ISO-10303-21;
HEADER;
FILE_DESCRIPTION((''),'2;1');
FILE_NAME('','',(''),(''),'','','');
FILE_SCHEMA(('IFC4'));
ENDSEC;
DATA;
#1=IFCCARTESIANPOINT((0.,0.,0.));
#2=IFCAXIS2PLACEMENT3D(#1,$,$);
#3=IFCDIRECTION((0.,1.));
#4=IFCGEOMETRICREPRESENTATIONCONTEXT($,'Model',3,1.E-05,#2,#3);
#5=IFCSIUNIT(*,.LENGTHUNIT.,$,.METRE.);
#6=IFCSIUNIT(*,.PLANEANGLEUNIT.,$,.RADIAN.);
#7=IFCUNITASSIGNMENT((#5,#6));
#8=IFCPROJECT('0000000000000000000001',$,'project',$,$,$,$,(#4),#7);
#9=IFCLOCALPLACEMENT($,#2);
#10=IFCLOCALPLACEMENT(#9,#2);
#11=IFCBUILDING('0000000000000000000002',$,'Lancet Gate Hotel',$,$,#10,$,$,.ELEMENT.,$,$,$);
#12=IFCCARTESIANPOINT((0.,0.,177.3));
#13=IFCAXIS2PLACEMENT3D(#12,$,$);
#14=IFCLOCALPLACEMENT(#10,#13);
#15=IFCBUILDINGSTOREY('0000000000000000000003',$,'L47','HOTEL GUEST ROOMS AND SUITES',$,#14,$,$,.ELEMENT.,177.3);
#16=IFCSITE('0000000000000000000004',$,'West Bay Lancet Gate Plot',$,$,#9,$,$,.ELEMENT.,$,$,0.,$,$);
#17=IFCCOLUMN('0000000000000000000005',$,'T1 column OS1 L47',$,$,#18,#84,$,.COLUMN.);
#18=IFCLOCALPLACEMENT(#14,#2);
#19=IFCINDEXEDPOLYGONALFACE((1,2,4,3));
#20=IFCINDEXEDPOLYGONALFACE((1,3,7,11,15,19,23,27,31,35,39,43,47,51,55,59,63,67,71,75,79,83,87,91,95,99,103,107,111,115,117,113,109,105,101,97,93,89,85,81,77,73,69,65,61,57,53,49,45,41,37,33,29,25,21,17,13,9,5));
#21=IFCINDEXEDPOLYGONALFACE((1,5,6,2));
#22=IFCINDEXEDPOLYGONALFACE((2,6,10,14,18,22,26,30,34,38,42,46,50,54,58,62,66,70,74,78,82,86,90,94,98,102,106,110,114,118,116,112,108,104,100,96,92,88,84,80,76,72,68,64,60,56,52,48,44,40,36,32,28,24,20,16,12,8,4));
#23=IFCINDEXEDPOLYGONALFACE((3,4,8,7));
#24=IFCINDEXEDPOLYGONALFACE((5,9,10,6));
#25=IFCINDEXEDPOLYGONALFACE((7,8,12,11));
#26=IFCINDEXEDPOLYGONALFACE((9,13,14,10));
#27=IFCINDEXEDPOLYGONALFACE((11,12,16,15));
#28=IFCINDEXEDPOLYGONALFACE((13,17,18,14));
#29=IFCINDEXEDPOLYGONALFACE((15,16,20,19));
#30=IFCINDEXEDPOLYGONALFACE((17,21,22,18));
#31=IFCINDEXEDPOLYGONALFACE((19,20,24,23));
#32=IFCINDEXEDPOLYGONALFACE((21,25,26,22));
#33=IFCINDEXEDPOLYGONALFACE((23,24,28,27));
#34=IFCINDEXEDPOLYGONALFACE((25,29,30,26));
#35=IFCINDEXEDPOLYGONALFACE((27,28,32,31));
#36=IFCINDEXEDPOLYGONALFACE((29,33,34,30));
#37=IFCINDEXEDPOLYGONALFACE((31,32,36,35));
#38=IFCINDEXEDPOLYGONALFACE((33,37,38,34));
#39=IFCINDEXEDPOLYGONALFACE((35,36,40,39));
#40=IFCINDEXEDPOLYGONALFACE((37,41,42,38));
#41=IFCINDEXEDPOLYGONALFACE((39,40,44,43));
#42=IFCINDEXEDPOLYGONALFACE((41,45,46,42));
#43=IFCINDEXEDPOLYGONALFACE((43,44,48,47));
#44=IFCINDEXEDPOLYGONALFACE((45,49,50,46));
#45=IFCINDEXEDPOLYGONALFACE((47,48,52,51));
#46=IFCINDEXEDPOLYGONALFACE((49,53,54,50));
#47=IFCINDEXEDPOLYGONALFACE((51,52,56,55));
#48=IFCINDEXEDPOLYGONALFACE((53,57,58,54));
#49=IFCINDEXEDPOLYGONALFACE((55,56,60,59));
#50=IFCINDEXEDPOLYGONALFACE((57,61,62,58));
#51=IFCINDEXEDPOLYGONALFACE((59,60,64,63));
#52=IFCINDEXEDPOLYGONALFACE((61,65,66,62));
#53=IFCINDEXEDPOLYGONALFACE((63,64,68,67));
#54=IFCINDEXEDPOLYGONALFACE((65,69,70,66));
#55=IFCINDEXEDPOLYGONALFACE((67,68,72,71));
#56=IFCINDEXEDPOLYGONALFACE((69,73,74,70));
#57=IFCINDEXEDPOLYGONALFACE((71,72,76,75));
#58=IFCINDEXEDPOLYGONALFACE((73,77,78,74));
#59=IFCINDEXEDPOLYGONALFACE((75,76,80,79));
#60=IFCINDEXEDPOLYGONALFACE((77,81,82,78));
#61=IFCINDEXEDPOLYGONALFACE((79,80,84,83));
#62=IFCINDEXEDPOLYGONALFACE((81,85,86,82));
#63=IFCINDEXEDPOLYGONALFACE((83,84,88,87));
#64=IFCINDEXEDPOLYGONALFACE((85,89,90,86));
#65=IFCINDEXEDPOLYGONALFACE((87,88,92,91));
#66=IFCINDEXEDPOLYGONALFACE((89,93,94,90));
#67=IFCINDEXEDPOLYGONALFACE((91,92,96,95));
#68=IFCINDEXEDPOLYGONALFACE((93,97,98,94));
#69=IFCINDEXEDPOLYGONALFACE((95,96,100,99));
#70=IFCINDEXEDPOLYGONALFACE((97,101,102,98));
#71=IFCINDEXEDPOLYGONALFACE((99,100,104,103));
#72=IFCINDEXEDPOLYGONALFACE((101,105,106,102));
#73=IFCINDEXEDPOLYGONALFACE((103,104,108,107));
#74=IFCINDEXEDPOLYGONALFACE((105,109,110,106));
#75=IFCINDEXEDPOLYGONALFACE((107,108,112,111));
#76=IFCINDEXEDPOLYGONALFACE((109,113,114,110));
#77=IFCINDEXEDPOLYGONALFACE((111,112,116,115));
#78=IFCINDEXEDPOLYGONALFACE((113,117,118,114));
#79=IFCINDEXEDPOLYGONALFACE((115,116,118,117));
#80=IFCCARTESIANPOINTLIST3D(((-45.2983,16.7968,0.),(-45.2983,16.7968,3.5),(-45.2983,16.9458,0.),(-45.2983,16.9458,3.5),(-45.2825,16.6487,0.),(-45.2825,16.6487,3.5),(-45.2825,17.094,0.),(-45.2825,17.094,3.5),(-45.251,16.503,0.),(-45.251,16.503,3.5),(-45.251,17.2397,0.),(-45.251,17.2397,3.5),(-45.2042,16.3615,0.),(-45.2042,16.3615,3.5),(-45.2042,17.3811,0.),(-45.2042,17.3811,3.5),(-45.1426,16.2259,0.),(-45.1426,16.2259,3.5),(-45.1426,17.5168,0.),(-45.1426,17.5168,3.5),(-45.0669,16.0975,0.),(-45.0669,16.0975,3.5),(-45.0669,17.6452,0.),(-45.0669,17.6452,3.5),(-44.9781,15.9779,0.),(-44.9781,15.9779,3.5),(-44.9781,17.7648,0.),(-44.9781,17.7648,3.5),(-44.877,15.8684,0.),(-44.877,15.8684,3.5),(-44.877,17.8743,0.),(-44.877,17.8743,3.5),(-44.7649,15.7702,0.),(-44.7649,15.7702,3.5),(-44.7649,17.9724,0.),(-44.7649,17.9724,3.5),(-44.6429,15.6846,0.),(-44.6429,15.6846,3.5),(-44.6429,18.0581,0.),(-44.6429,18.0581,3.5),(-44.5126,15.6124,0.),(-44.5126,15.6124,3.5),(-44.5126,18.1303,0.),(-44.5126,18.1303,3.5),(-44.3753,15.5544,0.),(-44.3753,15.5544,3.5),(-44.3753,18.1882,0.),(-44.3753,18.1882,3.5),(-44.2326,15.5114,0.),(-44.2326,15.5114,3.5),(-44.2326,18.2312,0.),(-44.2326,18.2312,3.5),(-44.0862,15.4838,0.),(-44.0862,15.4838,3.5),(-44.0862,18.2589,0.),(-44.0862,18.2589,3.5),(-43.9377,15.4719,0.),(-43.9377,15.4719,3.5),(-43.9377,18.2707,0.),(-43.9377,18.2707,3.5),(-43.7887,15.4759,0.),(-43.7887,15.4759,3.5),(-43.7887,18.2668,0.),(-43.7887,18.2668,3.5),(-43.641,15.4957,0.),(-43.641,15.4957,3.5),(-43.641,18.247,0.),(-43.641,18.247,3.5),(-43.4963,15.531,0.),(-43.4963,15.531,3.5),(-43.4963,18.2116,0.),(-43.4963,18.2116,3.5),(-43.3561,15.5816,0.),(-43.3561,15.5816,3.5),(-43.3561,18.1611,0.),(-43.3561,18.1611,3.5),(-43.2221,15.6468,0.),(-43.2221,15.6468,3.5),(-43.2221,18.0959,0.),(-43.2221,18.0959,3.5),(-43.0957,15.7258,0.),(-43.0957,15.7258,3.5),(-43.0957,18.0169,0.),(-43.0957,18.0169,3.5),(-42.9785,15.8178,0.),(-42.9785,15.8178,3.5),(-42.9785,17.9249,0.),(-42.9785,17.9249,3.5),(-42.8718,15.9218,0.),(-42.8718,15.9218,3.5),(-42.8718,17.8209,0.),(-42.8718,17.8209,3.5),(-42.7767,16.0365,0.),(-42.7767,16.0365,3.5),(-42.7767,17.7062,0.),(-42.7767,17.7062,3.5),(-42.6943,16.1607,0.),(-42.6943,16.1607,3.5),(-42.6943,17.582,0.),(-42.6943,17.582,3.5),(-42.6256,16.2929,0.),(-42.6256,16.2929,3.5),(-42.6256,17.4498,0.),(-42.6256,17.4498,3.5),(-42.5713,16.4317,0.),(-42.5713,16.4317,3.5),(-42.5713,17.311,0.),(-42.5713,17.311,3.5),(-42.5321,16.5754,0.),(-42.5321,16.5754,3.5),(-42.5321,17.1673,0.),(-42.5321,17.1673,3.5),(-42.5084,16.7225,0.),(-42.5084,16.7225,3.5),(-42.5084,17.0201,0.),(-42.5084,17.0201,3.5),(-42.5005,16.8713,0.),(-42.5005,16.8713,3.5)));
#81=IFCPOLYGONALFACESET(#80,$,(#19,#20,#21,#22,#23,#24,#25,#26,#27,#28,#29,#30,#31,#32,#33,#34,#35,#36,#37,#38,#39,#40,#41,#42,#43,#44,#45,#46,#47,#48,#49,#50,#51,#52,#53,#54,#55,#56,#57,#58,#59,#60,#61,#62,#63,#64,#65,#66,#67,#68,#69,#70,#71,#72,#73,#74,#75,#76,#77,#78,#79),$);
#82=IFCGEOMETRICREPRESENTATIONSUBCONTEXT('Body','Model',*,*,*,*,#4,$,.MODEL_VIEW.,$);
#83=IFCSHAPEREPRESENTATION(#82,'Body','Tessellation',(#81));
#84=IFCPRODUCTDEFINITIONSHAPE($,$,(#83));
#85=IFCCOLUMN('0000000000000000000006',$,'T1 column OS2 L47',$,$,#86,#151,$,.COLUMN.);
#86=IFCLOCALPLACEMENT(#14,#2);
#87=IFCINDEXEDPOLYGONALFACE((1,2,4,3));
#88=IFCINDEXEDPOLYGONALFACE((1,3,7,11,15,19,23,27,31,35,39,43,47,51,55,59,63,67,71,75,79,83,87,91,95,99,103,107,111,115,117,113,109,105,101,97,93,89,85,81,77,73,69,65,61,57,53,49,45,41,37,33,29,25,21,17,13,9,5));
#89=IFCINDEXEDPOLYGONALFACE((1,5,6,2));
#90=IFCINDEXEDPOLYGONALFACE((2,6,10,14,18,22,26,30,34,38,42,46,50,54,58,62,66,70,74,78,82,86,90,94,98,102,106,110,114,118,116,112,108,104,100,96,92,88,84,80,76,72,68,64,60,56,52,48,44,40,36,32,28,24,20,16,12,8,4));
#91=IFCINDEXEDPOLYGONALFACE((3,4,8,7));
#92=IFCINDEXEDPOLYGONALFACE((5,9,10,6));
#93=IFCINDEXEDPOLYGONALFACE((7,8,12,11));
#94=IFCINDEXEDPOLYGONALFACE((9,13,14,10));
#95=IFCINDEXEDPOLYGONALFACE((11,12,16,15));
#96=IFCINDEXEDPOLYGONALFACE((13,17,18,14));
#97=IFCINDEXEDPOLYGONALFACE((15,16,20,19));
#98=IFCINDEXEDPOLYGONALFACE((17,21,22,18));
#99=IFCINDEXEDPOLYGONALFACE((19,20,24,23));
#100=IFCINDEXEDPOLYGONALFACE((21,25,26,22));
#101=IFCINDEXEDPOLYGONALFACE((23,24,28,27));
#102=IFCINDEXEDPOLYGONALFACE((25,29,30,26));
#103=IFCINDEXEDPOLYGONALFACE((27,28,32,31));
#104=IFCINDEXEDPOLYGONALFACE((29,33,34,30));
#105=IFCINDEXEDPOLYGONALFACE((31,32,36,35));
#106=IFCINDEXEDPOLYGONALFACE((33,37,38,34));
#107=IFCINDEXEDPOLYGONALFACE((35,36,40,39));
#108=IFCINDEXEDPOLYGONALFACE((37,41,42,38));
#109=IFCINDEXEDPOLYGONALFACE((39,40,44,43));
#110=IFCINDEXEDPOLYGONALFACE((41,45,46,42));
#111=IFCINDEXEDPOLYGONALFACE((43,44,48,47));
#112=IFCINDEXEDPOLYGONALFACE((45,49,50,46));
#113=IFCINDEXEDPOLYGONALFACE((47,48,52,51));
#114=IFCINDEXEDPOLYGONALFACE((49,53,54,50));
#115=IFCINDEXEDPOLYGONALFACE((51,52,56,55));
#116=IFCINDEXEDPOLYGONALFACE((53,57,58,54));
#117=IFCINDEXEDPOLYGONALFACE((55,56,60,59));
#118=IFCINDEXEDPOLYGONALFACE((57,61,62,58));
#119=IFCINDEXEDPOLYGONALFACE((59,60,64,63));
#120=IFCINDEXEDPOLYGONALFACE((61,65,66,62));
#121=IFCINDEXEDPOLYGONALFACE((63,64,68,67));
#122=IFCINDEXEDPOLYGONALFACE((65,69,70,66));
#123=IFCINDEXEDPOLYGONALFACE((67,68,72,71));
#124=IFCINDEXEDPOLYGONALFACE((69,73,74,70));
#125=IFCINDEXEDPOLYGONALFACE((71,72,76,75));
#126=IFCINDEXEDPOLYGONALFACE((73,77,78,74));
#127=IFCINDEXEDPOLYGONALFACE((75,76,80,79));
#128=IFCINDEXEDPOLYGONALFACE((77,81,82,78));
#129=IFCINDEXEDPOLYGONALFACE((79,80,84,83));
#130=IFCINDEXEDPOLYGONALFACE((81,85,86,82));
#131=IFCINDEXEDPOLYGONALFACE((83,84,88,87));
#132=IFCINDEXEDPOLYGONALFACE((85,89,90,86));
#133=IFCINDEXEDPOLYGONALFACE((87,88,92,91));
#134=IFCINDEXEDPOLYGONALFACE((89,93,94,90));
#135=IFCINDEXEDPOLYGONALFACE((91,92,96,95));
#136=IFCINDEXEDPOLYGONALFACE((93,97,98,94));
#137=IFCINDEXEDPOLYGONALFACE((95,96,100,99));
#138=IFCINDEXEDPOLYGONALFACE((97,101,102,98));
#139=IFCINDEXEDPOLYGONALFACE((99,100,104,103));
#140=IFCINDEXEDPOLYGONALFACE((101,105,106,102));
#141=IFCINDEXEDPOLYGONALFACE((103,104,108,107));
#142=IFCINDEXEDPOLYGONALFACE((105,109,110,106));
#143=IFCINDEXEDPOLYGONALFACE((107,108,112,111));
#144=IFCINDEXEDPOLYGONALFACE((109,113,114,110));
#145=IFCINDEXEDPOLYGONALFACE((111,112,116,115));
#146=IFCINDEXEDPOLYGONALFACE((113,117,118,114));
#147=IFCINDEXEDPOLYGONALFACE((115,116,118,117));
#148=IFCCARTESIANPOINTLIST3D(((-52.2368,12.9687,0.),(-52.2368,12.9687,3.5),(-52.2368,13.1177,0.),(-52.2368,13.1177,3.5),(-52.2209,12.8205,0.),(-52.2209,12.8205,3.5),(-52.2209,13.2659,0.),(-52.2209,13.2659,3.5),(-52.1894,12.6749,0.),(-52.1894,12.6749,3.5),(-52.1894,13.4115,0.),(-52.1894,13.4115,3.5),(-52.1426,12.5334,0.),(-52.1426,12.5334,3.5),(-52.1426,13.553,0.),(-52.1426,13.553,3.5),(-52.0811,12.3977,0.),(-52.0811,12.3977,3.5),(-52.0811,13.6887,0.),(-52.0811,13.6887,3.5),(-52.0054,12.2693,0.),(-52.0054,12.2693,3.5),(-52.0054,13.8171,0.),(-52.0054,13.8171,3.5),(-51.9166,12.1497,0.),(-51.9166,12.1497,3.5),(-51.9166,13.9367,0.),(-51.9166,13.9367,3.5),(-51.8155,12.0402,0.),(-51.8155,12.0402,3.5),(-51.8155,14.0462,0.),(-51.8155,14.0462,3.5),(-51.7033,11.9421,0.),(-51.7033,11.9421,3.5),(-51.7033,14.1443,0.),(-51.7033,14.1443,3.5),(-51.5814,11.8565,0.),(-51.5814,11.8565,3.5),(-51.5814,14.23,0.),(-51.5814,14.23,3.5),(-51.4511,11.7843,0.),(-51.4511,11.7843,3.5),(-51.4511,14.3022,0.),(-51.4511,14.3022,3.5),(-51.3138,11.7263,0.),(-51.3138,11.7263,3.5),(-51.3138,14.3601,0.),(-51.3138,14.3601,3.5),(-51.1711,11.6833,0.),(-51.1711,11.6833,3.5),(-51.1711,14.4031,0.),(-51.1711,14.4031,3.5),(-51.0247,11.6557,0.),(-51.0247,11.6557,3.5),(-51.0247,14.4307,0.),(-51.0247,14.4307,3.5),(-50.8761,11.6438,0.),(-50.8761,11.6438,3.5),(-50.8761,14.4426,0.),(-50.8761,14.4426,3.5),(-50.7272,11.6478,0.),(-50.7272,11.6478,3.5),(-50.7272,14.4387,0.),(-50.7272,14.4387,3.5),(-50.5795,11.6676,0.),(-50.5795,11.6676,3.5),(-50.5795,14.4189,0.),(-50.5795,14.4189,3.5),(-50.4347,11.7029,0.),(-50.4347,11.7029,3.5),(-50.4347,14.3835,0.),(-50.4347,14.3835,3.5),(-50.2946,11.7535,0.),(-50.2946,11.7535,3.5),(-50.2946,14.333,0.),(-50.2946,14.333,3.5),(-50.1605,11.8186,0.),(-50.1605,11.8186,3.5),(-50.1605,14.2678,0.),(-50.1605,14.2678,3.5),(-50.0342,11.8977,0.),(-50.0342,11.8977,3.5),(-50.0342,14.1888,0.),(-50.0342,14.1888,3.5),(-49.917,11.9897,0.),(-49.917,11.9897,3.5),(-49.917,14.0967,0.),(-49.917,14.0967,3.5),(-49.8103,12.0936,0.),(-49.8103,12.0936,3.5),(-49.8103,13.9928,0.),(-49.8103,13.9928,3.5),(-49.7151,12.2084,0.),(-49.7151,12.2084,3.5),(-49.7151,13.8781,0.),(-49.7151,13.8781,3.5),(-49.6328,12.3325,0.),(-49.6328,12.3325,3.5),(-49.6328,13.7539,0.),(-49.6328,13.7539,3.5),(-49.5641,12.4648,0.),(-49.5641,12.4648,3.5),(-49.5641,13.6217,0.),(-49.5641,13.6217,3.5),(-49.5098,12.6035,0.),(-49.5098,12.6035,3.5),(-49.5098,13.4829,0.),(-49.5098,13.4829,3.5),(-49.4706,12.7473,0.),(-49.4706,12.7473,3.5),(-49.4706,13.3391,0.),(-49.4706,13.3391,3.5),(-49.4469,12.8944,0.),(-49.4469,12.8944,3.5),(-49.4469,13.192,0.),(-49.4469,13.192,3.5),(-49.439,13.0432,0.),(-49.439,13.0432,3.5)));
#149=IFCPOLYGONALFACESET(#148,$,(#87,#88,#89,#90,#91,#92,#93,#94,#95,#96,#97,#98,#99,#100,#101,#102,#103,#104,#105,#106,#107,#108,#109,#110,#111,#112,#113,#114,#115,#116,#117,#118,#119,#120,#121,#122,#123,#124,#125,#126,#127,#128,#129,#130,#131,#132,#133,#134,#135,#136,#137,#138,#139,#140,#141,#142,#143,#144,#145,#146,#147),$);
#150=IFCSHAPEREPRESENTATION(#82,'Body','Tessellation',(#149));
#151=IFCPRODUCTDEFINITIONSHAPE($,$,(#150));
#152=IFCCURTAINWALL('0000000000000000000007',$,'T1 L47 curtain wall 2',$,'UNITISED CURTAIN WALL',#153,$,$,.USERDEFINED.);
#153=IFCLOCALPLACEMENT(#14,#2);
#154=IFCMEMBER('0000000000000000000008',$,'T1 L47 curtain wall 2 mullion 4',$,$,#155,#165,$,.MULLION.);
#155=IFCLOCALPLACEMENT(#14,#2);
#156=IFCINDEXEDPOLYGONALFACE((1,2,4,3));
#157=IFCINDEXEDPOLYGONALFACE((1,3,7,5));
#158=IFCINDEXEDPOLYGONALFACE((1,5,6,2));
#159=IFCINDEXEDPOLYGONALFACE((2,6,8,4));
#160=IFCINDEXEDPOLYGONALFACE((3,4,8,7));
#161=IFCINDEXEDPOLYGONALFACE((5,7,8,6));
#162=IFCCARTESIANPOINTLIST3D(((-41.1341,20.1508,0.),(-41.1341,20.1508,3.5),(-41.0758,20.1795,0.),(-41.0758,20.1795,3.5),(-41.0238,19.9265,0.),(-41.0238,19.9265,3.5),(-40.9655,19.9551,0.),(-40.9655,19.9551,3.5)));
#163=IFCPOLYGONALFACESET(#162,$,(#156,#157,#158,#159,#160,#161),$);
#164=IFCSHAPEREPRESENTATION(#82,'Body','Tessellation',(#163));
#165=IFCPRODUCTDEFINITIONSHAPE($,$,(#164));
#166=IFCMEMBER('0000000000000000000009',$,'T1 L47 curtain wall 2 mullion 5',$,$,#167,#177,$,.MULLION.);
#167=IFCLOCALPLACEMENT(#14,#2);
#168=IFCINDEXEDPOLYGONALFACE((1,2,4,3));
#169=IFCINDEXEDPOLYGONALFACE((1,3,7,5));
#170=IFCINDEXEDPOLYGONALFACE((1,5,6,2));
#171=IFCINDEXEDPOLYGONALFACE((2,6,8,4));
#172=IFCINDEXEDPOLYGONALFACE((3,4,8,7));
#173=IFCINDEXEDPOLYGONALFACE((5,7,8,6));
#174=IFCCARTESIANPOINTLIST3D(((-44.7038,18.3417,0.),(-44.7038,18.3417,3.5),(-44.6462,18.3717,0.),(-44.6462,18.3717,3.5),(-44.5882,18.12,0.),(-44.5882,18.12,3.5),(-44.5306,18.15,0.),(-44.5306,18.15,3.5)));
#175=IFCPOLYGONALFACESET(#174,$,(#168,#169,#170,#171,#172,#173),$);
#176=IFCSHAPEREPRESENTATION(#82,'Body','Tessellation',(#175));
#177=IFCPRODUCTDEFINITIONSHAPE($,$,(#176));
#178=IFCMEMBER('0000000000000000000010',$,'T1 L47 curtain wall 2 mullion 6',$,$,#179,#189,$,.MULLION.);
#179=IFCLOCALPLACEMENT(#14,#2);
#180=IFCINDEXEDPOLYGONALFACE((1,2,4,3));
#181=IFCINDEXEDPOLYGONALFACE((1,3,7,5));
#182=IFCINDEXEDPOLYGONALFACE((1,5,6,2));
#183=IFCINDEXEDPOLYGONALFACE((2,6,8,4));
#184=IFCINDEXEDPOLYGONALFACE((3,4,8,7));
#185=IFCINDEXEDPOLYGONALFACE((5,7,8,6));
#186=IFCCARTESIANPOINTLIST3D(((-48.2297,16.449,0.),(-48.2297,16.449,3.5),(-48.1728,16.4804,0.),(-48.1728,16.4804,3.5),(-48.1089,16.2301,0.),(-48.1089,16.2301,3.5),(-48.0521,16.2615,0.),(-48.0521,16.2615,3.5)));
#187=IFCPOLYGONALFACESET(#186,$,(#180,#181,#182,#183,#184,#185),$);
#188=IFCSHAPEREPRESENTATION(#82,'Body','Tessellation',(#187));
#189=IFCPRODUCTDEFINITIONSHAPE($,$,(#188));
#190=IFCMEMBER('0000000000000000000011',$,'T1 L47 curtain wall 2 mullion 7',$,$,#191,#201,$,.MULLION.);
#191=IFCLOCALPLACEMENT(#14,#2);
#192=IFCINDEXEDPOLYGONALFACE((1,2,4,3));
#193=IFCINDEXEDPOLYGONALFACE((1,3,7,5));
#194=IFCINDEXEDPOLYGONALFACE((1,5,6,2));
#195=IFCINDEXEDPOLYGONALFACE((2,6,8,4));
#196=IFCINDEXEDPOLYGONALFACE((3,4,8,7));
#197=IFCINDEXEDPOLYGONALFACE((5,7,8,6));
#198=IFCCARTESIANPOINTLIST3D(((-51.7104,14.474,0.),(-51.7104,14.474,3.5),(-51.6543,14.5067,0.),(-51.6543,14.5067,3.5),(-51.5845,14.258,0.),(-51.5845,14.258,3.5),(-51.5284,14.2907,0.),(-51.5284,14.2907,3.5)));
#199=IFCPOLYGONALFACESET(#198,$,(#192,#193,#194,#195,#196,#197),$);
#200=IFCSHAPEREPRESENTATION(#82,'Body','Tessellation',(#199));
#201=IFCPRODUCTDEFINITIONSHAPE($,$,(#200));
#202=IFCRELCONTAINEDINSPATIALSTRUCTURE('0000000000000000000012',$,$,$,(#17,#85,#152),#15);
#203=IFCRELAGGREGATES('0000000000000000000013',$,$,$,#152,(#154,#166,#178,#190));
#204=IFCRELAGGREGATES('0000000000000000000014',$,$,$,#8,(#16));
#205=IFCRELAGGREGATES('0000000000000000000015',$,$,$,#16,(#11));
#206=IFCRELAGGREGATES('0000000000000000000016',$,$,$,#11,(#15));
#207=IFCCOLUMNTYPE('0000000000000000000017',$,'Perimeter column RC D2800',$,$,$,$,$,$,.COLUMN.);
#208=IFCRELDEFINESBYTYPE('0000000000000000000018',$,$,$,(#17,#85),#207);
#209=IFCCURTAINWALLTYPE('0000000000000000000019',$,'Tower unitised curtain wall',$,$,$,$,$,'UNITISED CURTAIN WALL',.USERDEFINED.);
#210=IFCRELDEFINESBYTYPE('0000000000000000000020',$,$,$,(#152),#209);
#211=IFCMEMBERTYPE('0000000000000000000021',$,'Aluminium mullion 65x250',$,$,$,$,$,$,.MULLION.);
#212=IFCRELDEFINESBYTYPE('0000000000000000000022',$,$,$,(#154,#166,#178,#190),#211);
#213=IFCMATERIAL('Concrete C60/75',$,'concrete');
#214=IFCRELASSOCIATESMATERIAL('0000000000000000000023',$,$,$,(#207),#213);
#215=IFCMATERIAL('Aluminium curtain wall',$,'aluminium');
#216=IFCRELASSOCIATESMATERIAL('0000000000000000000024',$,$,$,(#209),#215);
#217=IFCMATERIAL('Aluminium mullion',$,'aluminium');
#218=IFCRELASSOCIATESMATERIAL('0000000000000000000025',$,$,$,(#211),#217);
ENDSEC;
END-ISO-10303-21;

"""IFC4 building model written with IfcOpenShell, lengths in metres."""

from ifc_helpers import new_model, si_unit, direction, frame, origin, origin_2d, place, context, subcontext, project, spatial, rectangle, circle, extrude, material, material_profile, profile_set, type_object, element, aggregate, save


model = new_model("IFC4")

# Units and contexts
model_context = context("Model", 3, precision=1e-05, world=origin(), true_north=direction((0.0, 1.0)))
body_context = subcontext(model_context, "Body", "Model", "MODEL_VIEW")
ifc_project = project(units=[si_unit("LENGTHUNIT", "METRE"), si_unit("PLANEANGLEUNIT", "RADIAN")], contexts=[model_context])

# Site, building, storey
site_placement = place(None, origin())
site = spatial("IfcSite", under=ifc_project, at=site_placement, Name="West Bay Lancet Gate Plot", CompositionType="ELEMENT", RefElevation=0.0)
building_placement = place(site_placement, origin())
building = spatial("IfcBuilding", under=site, at=building_placement, Name="Lancet Gate Hotel", CompositionType="ELEMENT")
storey_placement = place(building_placement, frame((0.0, 0.0, 177.3)))
storey = spatial("IfcBuildingStorey", under=building, at=storey_placement, Name="L47", Description="HOTEL GUEST ROOMS AND SUITES", CompositionType="ELEMENT", Elevation=177.3)

# Columns
ifc_material_1 = material(Name="Concrete C60/75", Category="concrete")
ifc_material_profile_1 = material_profile(ifc_material_1, circle(Radius=1.3999, at=origin_2d()), Name="RC D2800")
ifc_profile_set_1 = profile_set([ifc_material_profile_1], Name="Concrete C60/75")
column_type = type_object("IfcColumnType", Name="Perimeter column RC D2800", PredefinedType="COLUMN", material=ifc_profile_set_1)
for number, where, z_axis, x_axis, name in (
    (1, (-43.9004, 16.8713, 0.0), (0.0, 0.0, 1.0), (1.0, 0.0, 0.0), "T1 column OS1 L47"),
    (2, (-50.8389, 13.0432, 0.0), (0.0, 0.0, 1.0), (1.0, 0.0, 0.0), "T1 column OS2 L47"),
):
    element("IfcColumn", number, at=place(storey_placement, frame(where, z_axis=z_axis, x_axis=x_axis)), inside=storey, type_object=column_type, Name=name, PredefinedType="COLUMN", context=body_context, shape_type="SweptSolid", body=[
        extrude(circle(Radius=1.3999, at=origin_2d()), origin(), (0.0, 0.0, 1.0), 3.5),
    ])

# Curtain wall, members
ifc_material_2 = material(Name="Aluminium curtain wall", Category="aluminium")
curtain_wall_type = type_object("IfcCurtainWallType", Name="Tower unitised curtain wall", ElementType="UNITISED CURTAIN WALL", PredefinedType="USERDEFINED", material=ifc_material_2)
curtain_wall_placement = place(storey_placement, origin())
curtain_wall = element("IfcCurtainWall", 3, at=curtain_wall_placement, inside=storey, type_object=curtain_wall_type, Name="T1 L47 curtain wall 2", ObjectType="UNITISED CURTAIN WALL", PredefinedType="USERDEFINED")
ifc_material_3 = material(Name="Aluminium mullion", Category="aluminium")
ifc_material_profile_2 = material_profile(ifc_material_3, rectangle(XDim=0.0649, YDim=0.25, at=origin_2d()), Name="MULLION 65x250")
ifc_profile_set_2 = profile_set([ifc_material_profile_2], Name="Aluminium mullion")
member_type_1 = type_object("IfcMemberType", Name="Aluminium mullion 65x250", PredefinedType="MULLION", material=ifc_profile_set_2)
member_1_placement = place(storey_placement, frame((-41.0498, 20.053, 0.0), z_axis=(0.0, 0.0, 1.0), x_axis=(-0.897324, -0.441372, 0.0)))
member_1 = element("IfcMember", 4, at=member_1_placement, type_object=member_type_1, Name="T1 L47 curtain wall 2 mullion 4", PredefinedType="MULLION", context=body_context, shape_type="SweptSolid", body=[
    extrude(rectangle(XDim=0.0649, YDim=0.25, at=origin_2d()), origin(), (0.0, 0.0, 1.0), 3.5),
])
member_2_placement = place(storey_placement, frame((-44.6172, 18.2458, 0.0), z_axis=(0.0, 0.0, 1.0), x_axis=(-0.886694, -0.462356, 0.0)))
member_2 = element("IfcMember", 5, at=member_2_placement, type_object=member_type_1, Name="T1 L47 curtain wall 2 mullion 5", PredefinedType="MULLION", context=body_context, shape_type="SweptSolid", body=[
    extrude(rectangle(XDim=0.0649, YDim=0.25, at=origin_2d()), origin(), (0.0, 0.0, 1.0), 3.5),
])
member_3_placement = place(storey_placement, frame((-48.1409, 16.3552, 0.0), z_axis=(0.0, 0.0, 1.0), x_axis=(-0.875574, -0.483084, 0.0)))
member_3 = element("IfcMember", 6, at=member_3_placement, type_object=member_type_1, Name="T1 L47 curtain wall 2 mullion 6", PredefinedType="MULLION", context=body_context, shape_type="SweptSolid", body=[
    extrude(rectangle(XDim=0.0649, YDim=0.25, at=origin_2d()), origin(), (0.0, 0.0, 1.0), 3.5),
])
member_4_placement = place(storey_placement, frame((-51.6194, 14.3823, 0.0), z_axis=(0.0, 0.0, 1.0), x_axis=(-0.863969, -0.503545, 0.0)))
member_4 = element("IfcMember", 7, at=member_4_placement, type_object=member_type_1, Name="T1 L47 curtain wall 2 mullion 7", PredefinedType="MULLION", context=body_context, shape_type="SweptSolid", body=[
    extrude(rectangle(XDim=0.0649, YDim=0.25, at=origin_2d()), origin(), (0.0, 0.0, 1.0), 3.5),
])

aggregate(curtain_wall, [member_1, member_2, member_3, member_4])

save(model, "model.ifc")
